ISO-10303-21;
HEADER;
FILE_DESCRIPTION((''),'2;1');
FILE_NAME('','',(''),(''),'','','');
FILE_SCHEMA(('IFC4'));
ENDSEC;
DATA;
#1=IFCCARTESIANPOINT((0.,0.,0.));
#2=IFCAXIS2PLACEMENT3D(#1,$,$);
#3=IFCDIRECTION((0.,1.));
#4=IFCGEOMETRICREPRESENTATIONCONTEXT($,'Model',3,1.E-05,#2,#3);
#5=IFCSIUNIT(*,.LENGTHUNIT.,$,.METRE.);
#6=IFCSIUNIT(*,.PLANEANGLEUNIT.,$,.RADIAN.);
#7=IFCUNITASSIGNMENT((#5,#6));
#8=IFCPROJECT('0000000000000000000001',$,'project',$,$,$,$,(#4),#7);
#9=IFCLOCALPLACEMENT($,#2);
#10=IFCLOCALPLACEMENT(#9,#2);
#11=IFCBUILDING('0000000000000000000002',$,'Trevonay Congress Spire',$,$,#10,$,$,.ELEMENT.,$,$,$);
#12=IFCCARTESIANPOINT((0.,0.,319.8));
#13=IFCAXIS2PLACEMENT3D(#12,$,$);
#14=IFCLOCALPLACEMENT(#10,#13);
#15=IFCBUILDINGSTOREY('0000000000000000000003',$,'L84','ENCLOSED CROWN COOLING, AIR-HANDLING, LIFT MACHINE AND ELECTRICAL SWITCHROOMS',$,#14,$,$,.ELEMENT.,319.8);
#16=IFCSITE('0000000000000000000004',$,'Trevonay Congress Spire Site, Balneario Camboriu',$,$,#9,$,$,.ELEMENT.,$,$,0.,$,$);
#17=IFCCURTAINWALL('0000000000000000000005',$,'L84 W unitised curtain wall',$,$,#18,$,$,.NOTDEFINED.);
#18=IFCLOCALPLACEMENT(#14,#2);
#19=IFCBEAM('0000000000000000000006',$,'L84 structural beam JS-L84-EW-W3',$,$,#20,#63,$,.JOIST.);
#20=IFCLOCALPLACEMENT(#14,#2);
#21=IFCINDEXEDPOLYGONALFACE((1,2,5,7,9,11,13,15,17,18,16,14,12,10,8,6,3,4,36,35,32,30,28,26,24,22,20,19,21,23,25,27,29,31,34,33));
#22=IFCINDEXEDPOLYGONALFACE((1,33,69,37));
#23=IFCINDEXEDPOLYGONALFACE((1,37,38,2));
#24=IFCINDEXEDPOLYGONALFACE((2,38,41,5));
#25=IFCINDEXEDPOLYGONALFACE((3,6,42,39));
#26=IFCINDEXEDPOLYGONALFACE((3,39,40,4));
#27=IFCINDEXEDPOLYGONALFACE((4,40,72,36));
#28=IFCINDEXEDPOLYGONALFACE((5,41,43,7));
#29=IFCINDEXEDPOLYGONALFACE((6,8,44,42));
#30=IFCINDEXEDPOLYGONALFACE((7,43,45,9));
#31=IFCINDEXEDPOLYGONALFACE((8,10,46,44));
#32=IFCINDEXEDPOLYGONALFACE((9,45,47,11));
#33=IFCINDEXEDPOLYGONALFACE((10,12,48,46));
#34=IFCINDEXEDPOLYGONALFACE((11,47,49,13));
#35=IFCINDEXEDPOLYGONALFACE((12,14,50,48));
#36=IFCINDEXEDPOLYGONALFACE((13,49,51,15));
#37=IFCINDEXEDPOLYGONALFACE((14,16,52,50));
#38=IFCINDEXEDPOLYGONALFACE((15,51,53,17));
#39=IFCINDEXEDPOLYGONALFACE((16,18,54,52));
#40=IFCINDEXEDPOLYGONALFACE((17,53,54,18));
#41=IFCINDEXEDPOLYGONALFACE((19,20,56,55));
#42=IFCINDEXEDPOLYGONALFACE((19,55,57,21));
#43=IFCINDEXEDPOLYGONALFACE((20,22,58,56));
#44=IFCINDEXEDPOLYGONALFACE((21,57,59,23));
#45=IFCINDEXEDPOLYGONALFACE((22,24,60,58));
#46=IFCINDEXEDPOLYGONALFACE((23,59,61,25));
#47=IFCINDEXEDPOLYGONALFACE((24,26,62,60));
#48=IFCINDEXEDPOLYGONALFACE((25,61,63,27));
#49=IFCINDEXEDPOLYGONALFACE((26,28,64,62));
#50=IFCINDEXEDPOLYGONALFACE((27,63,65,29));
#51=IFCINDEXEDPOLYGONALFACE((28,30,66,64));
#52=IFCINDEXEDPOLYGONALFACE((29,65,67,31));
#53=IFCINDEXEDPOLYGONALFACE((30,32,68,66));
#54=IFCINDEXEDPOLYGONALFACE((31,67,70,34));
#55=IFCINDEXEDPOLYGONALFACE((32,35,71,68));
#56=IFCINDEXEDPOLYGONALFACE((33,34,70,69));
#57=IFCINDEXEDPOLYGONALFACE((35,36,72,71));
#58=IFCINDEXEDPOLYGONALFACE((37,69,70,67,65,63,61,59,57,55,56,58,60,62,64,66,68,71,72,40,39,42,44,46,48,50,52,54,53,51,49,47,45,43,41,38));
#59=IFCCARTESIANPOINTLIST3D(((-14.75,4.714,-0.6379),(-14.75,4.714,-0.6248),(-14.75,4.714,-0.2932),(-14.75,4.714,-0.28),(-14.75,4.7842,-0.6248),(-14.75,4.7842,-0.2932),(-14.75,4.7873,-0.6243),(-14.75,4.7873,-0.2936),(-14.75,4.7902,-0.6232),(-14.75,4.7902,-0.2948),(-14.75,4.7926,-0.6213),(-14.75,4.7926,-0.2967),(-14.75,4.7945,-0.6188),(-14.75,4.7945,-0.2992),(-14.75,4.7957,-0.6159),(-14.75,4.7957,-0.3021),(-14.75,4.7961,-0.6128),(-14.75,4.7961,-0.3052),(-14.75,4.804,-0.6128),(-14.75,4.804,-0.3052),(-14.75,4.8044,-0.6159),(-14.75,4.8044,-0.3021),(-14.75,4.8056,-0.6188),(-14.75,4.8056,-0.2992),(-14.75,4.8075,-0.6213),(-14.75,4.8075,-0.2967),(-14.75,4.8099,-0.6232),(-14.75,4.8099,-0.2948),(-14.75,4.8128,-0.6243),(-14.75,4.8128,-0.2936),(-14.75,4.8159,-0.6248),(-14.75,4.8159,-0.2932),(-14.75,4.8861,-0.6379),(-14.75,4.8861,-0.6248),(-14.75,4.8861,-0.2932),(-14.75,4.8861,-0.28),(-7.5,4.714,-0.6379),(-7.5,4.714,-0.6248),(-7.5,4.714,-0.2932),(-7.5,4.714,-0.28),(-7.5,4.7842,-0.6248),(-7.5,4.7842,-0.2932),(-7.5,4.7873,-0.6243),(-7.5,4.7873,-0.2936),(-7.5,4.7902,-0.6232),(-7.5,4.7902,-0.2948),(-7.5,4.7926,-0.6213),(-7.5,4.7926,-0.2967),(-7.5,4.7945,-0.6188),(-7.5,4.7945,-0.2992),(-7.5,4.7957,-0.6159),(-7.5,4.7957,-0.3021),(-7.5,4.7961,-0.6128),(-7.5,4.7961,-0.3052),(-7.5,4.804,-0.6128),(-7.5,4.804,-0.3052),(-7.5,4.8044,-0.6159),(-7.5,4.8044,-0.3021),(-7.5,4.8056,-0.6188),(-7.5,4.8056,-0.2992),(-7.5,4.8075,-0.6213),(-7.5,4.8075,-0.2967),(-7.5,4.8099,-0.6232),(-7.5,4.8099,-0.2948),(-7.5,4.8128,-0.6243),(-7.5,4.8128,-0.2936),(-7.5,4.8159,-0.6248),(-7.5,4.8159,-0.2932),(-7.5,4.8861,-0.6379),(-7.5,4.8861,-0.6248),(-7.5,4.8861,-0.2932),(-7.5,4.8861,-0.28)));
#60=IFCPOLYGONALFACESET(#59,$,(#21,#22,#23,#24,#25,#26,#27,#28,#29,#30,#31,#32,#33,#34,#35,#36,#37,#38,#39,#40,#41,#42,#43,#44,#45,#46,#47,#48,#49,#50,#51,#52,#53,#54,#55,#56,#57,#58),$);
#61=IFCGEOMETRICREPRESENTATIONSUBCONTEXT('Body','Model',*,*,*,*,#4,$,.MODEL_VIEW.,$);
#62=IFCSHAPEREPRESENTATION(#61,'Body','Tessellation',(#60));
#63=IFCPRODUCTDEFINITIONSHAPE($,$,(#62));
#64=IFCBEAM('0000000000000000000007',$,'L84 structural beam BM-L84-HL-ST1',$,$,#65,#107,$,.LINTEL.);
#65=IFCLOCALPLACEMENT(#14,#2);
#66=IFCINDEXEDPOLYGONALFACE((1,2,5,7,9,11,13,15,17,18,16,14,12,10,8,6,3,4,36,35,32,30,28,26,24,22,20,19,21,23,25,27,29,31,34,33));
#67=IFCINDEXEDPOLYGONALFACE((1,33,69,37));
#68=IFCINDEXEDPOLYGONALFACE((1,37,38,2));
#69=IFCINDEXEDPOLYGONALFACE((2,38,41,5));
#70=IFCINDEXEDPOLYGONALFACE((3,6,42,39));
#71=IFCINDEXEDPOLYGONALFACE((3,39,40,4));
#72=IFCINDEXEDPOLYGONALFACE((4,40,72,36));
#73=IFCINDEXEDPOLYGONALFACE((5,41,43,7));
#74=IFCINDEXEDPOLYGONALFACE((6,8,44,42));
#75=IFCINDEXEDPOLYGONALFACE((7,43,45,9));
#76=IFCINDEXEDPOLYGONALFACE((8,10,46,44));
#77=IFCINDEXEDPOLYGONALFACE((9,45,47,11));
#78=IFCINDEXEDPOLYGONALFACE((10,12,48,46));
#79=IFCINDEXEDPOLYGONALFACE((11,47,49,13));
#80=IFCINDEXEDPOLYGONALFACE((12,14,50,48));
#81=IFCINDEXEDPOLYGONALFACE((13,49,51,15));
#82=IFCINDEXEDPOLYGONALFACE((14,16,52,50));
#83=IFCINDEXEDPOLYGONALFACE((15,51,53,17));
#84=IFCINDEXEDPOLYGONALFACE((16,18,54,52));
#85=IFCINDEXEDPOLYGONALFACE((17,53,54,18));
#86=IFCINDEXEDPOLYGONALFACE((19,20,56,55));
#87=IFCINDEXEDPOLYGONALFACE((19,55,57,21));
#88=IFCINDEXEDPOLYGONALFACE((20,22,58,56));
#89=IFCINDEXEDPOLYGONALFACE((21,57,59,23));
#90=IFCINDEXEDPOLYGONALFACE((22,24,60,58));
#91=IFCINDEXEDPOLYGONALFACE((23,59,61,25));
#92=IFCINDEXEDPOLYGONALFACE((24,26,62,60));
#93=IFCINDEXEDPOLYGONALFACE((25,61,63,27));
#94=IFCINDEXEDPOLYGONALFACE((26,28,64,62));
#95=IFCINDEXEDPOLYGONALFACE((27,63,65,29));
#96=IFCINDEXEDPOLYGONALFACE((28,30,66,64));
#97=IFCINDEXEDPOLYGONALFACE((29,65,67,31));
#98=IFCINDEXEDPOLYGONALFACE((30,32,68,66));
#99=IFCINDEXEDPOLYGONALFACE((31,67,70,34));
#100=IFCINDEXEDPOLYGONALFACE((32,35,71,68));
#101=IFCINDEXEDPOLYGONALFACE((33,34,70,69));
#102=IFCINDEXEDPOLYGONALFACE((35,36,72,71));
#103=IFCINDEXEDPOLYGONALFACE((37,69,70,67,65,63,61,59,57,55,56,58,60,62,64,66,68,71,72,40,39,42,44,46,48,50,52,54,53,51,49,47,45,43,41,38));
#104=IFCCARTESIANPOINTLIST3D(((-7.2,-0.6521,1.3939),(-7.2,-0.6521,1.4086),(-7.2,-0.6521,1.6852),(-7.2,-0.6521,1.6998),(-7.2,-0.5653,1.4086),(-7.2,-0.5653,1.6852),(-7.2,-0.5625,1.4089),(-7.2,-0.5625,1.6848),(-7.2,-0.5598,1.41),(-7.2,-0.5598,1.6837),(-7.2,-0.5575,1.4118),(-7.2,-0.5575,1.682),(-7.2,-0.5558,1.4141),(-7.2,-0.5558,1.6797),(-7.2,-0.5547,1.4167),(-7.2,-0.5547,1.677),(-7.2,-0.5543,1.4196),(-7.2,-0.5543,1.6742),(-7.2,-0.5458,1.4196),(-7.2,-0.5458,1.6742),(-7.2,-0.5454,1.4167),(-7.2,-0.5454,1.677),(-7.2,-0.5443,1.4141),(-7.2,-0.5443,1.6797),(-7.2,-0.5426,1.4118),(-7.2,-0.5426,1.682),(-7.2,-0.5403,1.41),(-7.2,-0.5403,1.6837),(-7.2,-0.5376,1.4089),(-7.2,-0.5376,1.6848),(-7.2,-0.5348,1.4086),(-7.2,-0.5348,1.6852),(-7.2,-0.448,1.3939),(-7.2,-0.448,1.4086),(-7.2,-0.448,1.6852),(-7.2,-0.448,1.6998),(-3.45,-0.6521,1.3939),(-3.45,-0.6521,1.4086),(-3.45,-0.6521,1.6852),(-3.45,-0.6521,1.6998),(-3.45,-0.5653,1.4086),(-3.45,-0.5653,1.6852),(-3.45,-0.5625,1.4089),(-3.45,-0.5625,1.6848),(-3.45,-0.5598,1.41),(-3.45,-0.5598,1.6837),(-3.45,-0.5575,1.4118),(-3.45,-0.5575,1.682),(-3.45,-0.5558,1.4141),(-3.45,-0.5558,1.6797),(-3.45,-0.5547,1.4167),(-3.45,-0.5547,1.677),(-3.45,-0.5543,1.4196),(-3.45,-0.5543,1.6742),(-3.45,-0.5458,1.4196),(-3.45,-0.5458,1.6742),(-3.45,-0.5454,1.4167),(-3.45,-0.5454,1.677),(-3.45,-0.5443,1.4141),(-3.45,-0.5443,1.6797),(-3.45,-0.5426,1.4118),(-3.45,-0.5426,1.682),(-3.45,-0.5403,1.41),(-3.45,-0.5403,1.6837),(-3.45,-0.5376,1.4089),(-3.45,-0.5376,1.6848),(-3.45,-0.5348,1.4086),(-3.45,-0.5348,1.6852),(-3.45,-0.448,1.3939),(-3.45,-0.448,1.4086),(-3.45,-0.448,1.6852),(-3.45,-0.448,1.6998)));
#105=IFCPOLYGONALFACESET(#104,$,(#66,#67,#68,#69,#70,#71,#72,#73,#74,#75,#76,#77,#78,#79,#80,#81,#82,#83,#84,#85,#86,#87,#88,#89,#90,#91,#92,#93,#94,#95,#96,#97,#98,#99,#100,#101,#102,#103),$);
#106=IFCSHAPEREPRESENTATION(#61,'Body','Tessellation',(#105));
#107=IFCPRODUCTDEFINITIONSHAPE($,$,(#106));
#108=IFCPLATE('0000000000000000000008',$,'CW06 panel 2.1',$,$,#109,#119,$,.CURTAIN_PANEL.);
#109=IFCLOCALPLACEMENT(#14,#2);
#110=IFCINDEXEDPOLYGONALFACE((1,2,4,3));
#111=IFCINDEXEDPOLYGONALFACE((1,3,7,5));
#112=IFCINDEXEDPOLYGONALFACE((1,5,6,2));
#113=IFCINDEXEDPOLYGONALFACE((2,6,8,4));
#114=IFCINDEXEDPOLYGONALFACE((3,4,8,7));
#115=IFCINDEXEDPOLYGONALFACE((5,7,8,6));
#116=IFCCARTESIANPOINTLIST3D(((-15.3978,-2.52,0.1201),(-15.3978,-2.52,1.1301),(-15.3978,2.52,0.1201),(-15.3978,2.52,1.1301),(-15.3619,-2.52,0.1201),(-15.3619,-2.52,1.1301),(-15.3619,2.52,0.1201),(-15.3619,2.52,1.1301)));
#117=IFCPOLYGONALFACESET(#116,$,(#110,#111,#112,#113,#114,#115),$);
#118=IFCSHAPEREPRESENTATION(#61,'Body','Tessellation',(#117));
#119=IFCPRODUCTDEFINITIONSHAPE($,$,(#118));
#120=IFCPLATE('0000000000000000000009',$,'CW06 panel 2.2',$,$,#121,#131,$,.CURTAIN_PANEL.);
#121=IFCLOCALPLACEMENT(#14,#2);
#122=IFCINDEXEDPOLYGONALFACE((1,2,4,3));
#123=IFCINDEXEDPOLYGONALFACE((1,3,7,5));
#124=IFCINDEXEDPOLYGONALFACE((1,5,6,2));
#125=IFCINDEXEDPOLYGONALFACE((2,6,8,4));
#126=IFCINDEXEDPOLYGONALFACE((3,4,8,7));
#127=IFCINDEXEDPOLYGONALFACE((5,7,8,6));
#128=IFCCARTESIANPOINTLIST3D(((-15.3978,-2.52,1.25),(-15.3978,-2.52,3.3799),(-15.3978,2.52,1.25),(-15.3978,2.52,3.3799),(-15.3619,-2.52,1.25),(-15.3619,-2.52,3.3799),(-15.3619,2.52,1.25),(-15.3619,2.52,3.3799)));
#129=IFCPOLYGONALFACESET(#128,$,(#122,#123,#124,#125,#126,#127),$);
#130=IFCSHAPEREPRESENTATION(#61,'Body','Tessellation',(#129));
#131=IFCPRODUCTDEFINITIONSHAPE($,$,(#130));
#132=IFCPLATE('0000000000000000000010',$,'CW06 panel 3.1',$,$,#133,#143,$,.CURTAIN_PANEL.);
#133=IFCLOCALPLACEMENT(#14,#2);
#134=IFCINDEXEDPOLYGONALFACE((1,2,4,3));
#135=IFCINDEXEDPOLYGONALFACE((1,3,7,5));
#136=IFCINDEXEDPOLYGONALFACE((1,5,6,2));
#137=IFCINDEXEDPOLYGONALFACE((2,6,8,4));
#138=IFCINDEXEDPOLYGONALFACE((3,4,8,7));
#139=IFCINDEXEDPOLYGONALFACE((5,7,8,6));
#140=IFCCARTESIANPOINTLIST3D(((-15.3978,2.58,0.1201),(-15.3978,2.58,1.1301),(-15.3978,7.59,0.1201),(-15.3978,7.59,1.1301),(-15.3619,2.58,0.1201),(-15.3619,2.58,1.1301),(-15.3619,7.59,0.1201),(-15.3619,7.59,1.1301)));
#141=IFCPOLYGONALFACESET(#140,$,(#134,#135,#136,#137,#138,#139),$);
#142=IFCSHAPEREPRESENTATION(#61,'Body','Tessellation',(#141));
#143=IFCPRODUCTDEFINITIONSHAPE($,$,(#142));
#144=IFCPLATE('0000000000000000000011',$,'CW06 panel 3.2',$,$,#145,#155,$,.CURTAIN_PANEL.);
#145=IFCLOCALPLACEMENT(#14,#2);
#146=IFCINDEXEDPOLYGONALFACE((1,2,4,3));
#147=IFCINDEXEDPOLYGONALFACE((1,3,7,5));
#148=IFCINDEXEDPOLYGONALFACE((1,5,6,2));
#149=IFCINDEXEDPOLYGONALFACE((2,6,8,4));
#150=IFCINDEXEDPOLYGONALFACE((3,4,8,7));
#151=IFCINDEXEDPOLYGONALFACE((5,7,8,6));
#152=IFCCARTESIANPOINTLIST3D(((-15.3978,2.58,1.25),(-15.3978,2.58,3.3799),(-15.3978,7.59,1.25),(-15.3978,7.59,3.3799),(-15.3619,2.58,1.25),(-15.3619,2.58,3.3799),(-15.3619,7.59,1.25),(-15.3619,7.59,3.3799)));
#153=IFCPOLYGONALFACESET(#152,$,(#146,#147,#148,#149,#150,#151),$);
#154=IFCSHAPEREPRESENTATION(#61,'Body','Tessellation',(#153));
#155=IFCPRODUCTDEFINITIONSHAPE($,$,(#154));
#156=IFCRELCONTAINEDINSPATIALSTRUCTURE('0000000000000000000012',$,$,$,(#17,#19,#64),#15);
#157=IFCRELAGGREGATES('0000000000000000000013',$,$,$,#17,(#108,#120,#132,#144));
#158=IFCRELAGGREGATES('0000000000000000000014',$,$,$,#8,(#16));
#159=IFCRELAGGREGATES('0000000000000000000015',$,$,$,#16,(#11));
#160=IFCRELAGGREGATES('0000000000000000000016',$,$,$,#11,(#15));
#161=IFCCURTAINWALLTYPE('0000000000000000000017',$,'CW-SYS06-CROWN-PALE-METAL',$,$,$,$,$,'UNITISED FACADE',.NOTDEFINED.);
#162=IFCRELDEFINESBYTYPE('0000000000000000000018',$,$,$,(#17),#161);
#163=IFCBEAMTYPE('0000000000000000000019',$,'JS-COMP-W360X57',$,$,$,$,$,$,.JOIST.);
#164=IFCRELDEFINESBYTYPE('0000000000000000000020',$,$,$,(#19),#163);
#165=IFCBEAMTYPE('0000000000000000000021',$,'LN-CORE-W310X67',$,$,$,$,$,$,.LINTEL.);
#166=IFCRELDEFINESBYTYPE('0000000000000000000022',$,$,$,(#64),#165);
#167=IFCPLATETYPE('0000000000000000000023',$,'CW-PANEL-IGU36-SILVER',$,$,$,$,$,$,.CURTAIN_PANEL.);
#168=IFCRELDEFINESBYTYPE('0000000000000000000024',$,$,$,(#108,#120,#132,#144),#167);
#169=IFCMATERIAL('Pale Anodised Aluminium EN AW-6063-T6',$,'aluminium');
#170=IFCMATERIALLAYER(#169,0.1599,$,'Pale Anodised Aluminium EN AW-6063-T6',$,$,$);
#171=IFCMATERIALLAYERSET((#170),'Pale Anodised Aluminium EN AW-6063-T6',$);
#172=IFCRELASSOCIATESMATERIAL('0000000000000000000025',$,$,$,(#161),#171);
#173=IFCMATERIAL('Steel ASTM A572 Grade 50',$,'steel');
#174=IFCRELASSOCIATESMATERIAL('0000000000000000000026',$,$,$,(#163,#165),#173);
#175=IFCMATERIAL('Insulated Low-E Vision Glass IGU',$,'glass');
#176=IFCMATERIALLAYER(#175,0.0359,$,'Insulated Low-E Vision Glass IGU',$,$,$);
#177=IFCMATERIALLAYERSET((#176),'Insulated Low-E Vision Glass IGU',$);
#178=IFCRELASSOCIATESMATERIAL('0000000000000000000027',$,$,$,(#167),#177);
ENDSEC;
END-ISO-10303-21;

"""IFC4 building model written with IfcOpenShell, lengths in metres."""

from ifc_helpers import new_model, si_unit, direction, frame, origin, origin_2d, place, context, subcontext, project, spatial, rectangle, i_section, extrude, material, layer, layer_set, material_profile, profile_set, type_object, element, aggregate, save


model = new_model("IFC4")

# Units and contexts
model_context = context("Model", 3, precision=1e-05, world=origin(), true_north=direction((0.0, 1.0)))
body_context = subcontext(model_context, "Body", "Model", "MODEL_VIEW")
ifc_project = project(units=[si_unit("LENGTHUNIT", "METRE"), si_unit("PLANEANGLEUNIT", "RADIAN")], contexts=[model_context])

# Site, building, storey
site_placement = place(None, origin())
site = spatial("IfcSite", under=ifc_project, at=site_placement, Name="Trevonay Congress Spire Site, Balneario Camboriu", CompositionType="ELEMENT", RefElevation=0.0)
building_placement = place(site_placement, origin())
building = spatial("IfcBuilding", under=site, at=building_placement, Name="Trevonay Congress Spire", CompositionType="ELEMENT")
storey_placement = place(building_placement, frame((0.0, 0.0, 319.8)))
storey = spatial("IfcBuildingStorey", under=building, at=storey_placement, Name="L84", Description="ENCLOSED CROWN COOLING, AIR-HANDLING, LIFT MACHINE AND ELECTRICAL SWITCHROOMS", CompositionType="ELEMENT", Elevation=319.8)

# Shared definitions
ifc_material_1 = material(Name="Steel ASTM A572 Grade 50", Category="steel")

# Curtain wall
ifc_material_2 = material(Name="Pale Anodised Aluminium EN AW-6063-T6", Category="aluminium")
ifc_layer_1 = layer(ifc_material_2, 0.1599, Name="Pale Anodised Aluminium EN AW-6063-T6")
ifc_layer_set_1 = layer_set([ifc_layer_1], Name="Pale Anodised Aluminium EN AW-6063-T6")
curtain_wall_type = type_object("IfcCurtainWallType", Name="CW-SYS06-CROWN-PALE-METAL", ElementType="UNITISED FACADE", PredefinedType="NOTDEFINED", material=ifc_layer_set_1)
curtain_wall_placement = place(storey_placement, origin())
curtain_wall = element("IfcCurtainWall", 1, at=curtain_wall_placement, inside=storey, type_object=curtain_wall_type, Name="L84 W unitised curtain wall", PredefinedType="NOTDEFINED")

# Beams
ifc_material_profile_1 = material_profile(ifc_material_1, i_section(OverallWidth=0.1721, OverallDepth=0.3579, WebThickness=0.0078, FlangeThickness=0.0132, FilletRadius=0.012, at=origin_2d()), Name="W360x57.8")
ifc_profile_set_1 = profile_set([ifc_material_profile_1], Name="Steel ASTM A572 Grade 50")
beam_type_1 = type_object("IfcBeamType", Name="JS-COMP-W360X57", PredefinedType="JOIST", material=ifc_profile_set_1)
for number, where, z_axis, x_axis, name in (
    (2, (-14.75, 4.8, -0.459), (1.0, 0.0, 0.0), (0.0, 1.0, 0.0), "L84 structural beam JS-L84-EW-W3"),
):
    element("IfcBeam", number, at=place(storey_placement, frame(where, z_axis=z_axis, x_axis=x_axis)), inside=storey, type_object=beam_type_1, Name=name, PredefinedType="JOIST", context=body_context, shape_type="SweptSolid", body=[
        extrude(i_section(OverallWidth=0.1721, OverallDepth=0.3579, WebThickness=0.0078, FlangeThickness=0.0132, FilletRadius=0.012, at=origin_2d()), origin(), (0.0, 0.0, 1.0), 7.25),
    ])
ifc_material_profile_2 = material_profile(ifc_material_1, i_section(OverallWidth=0.2041, OverallDepth=0.3059, WebThickness=0.0085, FlangeThickness=0.0146, FilletRadius=0.011, at=origin_2d()), Name="W310x67")
ifc_profile_set_2 = profile_set([ifc_material_profile_2], Name="Steel ASTM A572 Grade 50")
beam_type_2 = type_object("IfcBeamType", Name="LN-CORE-W310X67", PredefinedType="LINTEL", material=ifc_profile_set_2)
beam_1_placement = place(storey_placement, frame((-7.2, -0.55, 1.5469), z_axis=(1.0, 0.0, 0.0), x_axis=(0.0, 1.0, 0.0)))
element("IfcBeam", 3, at=beam_1_placement, inside=storey, type_object=beam_type_2, Name="L84 structural beam BM-L84-HL-ST1", PredefinedType="LINTEL", context=body_context, shape_type="SweptSolid", body=[
    extrude(i_section(OverallWidth=0.2041, OverallDepth=0.3059, WebThickness=0.0085, FlangeThickness=0.0146, FilletRadius=0.011, at=origin_2d()), origin(), (0.0, 0.0, 1.0), 3.75),
])

# Plates
ifc_material_3 = material(Name="Insulated Low-E Vision Glass IGU", Category="glass")
ifc_layer_2 = layer(ifc_material_3, 0.0359, Name="Insulated Low-E Vision Glass IGU")
ifc_layer_set_2 = layer_set([ifc_layer_2], Name="Insulated Low-E Vision Glass IGU")
plate_type = type_object("IfcPlateType", Name="CW-PANEL-IGU36-SILVER", PredefinedType="CURTAIN_PANEL", material=ifc_layer_set_2)
plate_1_placement = place(storey_placement, frame((-15.3799, 0.0, 0.1201), z_axis=(0.0, 0.0, 1.0), x_axis=(0.0, 1.0, 0.0)))
plate_1 = element("IfcPlate", 4, at=plate_1_placement, type_object=plate_type, Name="CW06 panel 2.1", PredefinedType="CURTAIN_PANEL", context=body_context, shape_type="SweptSolid", body=[
    extrude(rectangle(XDim=5.04, YDim=0.0359, at=origin_2d()), origin(), (0.0, 0.0, 1.0), 1.01),
])
plate_2_placement = place(storey_placement, frame((-15.3799, 0.0, 1.25), z_axis=(0.0, 0.0, 1.0), x_axis=(0.0, 1.0, 0.0)))
plate_2 = element("IfcPlate", 5, at=plate_2_placement, type_object=plate_type, Name="CW06 panel 2.2", PredefinedType="CURTAIN_PANEL", context=body_context, shape_type="SweptSolid", body=[
    extrude(rectangle(XDim=5.04, YDim=0.0359, at=origin_2d()), origin(), (0.0, 0.0, 1.0), 2.1299),
])
plate_3_placement = place(storey_placement, frame((-15.3799, 5.085, 0.1201), z_axis=(0.0, 0.0, 1.0), x_axis=(0.0, 1.0, 0.0)))
plate_3 = element("IfcPlate", 6, at=plate_3_placement, type_object=plate_type, Name="CW06 panel 3.1", PredefinedType="CURTAIN_PANEL", context=body_context, shape_type="SweptSolid", body=[
    extrude(rectangle(XDim=5.01, YDim=0.0359, at=origin_2d()), origin(), (0.0, 0.0, 1.0), 1.01),
])
plate_4_placement = place(storey_placement, frame((-15.3799, 5.085, 1.25), z_axis=(0.0, 0.0, 1.0), x_axis=(0.0, 1.0, 0.0)))
plate_4 = element("IfcPlate", 7, at=plate_4_placement, type_object=plate_type, Name="CW06 panel 3.2", PredefinedType="CURTAIN_PANEL", context=body_context, shape_type="SweptSolid", body=[
    extrude(rectangle(XDim=5.01, YDim=0.0359, at=origin_2d()), origin(), (0.0, 0.0, 1.0), 2.1299),
])
aggregate(curtain_wall, [plate_1, plate_2, plate_3, plate_4])

save(model, "model.ifc")
